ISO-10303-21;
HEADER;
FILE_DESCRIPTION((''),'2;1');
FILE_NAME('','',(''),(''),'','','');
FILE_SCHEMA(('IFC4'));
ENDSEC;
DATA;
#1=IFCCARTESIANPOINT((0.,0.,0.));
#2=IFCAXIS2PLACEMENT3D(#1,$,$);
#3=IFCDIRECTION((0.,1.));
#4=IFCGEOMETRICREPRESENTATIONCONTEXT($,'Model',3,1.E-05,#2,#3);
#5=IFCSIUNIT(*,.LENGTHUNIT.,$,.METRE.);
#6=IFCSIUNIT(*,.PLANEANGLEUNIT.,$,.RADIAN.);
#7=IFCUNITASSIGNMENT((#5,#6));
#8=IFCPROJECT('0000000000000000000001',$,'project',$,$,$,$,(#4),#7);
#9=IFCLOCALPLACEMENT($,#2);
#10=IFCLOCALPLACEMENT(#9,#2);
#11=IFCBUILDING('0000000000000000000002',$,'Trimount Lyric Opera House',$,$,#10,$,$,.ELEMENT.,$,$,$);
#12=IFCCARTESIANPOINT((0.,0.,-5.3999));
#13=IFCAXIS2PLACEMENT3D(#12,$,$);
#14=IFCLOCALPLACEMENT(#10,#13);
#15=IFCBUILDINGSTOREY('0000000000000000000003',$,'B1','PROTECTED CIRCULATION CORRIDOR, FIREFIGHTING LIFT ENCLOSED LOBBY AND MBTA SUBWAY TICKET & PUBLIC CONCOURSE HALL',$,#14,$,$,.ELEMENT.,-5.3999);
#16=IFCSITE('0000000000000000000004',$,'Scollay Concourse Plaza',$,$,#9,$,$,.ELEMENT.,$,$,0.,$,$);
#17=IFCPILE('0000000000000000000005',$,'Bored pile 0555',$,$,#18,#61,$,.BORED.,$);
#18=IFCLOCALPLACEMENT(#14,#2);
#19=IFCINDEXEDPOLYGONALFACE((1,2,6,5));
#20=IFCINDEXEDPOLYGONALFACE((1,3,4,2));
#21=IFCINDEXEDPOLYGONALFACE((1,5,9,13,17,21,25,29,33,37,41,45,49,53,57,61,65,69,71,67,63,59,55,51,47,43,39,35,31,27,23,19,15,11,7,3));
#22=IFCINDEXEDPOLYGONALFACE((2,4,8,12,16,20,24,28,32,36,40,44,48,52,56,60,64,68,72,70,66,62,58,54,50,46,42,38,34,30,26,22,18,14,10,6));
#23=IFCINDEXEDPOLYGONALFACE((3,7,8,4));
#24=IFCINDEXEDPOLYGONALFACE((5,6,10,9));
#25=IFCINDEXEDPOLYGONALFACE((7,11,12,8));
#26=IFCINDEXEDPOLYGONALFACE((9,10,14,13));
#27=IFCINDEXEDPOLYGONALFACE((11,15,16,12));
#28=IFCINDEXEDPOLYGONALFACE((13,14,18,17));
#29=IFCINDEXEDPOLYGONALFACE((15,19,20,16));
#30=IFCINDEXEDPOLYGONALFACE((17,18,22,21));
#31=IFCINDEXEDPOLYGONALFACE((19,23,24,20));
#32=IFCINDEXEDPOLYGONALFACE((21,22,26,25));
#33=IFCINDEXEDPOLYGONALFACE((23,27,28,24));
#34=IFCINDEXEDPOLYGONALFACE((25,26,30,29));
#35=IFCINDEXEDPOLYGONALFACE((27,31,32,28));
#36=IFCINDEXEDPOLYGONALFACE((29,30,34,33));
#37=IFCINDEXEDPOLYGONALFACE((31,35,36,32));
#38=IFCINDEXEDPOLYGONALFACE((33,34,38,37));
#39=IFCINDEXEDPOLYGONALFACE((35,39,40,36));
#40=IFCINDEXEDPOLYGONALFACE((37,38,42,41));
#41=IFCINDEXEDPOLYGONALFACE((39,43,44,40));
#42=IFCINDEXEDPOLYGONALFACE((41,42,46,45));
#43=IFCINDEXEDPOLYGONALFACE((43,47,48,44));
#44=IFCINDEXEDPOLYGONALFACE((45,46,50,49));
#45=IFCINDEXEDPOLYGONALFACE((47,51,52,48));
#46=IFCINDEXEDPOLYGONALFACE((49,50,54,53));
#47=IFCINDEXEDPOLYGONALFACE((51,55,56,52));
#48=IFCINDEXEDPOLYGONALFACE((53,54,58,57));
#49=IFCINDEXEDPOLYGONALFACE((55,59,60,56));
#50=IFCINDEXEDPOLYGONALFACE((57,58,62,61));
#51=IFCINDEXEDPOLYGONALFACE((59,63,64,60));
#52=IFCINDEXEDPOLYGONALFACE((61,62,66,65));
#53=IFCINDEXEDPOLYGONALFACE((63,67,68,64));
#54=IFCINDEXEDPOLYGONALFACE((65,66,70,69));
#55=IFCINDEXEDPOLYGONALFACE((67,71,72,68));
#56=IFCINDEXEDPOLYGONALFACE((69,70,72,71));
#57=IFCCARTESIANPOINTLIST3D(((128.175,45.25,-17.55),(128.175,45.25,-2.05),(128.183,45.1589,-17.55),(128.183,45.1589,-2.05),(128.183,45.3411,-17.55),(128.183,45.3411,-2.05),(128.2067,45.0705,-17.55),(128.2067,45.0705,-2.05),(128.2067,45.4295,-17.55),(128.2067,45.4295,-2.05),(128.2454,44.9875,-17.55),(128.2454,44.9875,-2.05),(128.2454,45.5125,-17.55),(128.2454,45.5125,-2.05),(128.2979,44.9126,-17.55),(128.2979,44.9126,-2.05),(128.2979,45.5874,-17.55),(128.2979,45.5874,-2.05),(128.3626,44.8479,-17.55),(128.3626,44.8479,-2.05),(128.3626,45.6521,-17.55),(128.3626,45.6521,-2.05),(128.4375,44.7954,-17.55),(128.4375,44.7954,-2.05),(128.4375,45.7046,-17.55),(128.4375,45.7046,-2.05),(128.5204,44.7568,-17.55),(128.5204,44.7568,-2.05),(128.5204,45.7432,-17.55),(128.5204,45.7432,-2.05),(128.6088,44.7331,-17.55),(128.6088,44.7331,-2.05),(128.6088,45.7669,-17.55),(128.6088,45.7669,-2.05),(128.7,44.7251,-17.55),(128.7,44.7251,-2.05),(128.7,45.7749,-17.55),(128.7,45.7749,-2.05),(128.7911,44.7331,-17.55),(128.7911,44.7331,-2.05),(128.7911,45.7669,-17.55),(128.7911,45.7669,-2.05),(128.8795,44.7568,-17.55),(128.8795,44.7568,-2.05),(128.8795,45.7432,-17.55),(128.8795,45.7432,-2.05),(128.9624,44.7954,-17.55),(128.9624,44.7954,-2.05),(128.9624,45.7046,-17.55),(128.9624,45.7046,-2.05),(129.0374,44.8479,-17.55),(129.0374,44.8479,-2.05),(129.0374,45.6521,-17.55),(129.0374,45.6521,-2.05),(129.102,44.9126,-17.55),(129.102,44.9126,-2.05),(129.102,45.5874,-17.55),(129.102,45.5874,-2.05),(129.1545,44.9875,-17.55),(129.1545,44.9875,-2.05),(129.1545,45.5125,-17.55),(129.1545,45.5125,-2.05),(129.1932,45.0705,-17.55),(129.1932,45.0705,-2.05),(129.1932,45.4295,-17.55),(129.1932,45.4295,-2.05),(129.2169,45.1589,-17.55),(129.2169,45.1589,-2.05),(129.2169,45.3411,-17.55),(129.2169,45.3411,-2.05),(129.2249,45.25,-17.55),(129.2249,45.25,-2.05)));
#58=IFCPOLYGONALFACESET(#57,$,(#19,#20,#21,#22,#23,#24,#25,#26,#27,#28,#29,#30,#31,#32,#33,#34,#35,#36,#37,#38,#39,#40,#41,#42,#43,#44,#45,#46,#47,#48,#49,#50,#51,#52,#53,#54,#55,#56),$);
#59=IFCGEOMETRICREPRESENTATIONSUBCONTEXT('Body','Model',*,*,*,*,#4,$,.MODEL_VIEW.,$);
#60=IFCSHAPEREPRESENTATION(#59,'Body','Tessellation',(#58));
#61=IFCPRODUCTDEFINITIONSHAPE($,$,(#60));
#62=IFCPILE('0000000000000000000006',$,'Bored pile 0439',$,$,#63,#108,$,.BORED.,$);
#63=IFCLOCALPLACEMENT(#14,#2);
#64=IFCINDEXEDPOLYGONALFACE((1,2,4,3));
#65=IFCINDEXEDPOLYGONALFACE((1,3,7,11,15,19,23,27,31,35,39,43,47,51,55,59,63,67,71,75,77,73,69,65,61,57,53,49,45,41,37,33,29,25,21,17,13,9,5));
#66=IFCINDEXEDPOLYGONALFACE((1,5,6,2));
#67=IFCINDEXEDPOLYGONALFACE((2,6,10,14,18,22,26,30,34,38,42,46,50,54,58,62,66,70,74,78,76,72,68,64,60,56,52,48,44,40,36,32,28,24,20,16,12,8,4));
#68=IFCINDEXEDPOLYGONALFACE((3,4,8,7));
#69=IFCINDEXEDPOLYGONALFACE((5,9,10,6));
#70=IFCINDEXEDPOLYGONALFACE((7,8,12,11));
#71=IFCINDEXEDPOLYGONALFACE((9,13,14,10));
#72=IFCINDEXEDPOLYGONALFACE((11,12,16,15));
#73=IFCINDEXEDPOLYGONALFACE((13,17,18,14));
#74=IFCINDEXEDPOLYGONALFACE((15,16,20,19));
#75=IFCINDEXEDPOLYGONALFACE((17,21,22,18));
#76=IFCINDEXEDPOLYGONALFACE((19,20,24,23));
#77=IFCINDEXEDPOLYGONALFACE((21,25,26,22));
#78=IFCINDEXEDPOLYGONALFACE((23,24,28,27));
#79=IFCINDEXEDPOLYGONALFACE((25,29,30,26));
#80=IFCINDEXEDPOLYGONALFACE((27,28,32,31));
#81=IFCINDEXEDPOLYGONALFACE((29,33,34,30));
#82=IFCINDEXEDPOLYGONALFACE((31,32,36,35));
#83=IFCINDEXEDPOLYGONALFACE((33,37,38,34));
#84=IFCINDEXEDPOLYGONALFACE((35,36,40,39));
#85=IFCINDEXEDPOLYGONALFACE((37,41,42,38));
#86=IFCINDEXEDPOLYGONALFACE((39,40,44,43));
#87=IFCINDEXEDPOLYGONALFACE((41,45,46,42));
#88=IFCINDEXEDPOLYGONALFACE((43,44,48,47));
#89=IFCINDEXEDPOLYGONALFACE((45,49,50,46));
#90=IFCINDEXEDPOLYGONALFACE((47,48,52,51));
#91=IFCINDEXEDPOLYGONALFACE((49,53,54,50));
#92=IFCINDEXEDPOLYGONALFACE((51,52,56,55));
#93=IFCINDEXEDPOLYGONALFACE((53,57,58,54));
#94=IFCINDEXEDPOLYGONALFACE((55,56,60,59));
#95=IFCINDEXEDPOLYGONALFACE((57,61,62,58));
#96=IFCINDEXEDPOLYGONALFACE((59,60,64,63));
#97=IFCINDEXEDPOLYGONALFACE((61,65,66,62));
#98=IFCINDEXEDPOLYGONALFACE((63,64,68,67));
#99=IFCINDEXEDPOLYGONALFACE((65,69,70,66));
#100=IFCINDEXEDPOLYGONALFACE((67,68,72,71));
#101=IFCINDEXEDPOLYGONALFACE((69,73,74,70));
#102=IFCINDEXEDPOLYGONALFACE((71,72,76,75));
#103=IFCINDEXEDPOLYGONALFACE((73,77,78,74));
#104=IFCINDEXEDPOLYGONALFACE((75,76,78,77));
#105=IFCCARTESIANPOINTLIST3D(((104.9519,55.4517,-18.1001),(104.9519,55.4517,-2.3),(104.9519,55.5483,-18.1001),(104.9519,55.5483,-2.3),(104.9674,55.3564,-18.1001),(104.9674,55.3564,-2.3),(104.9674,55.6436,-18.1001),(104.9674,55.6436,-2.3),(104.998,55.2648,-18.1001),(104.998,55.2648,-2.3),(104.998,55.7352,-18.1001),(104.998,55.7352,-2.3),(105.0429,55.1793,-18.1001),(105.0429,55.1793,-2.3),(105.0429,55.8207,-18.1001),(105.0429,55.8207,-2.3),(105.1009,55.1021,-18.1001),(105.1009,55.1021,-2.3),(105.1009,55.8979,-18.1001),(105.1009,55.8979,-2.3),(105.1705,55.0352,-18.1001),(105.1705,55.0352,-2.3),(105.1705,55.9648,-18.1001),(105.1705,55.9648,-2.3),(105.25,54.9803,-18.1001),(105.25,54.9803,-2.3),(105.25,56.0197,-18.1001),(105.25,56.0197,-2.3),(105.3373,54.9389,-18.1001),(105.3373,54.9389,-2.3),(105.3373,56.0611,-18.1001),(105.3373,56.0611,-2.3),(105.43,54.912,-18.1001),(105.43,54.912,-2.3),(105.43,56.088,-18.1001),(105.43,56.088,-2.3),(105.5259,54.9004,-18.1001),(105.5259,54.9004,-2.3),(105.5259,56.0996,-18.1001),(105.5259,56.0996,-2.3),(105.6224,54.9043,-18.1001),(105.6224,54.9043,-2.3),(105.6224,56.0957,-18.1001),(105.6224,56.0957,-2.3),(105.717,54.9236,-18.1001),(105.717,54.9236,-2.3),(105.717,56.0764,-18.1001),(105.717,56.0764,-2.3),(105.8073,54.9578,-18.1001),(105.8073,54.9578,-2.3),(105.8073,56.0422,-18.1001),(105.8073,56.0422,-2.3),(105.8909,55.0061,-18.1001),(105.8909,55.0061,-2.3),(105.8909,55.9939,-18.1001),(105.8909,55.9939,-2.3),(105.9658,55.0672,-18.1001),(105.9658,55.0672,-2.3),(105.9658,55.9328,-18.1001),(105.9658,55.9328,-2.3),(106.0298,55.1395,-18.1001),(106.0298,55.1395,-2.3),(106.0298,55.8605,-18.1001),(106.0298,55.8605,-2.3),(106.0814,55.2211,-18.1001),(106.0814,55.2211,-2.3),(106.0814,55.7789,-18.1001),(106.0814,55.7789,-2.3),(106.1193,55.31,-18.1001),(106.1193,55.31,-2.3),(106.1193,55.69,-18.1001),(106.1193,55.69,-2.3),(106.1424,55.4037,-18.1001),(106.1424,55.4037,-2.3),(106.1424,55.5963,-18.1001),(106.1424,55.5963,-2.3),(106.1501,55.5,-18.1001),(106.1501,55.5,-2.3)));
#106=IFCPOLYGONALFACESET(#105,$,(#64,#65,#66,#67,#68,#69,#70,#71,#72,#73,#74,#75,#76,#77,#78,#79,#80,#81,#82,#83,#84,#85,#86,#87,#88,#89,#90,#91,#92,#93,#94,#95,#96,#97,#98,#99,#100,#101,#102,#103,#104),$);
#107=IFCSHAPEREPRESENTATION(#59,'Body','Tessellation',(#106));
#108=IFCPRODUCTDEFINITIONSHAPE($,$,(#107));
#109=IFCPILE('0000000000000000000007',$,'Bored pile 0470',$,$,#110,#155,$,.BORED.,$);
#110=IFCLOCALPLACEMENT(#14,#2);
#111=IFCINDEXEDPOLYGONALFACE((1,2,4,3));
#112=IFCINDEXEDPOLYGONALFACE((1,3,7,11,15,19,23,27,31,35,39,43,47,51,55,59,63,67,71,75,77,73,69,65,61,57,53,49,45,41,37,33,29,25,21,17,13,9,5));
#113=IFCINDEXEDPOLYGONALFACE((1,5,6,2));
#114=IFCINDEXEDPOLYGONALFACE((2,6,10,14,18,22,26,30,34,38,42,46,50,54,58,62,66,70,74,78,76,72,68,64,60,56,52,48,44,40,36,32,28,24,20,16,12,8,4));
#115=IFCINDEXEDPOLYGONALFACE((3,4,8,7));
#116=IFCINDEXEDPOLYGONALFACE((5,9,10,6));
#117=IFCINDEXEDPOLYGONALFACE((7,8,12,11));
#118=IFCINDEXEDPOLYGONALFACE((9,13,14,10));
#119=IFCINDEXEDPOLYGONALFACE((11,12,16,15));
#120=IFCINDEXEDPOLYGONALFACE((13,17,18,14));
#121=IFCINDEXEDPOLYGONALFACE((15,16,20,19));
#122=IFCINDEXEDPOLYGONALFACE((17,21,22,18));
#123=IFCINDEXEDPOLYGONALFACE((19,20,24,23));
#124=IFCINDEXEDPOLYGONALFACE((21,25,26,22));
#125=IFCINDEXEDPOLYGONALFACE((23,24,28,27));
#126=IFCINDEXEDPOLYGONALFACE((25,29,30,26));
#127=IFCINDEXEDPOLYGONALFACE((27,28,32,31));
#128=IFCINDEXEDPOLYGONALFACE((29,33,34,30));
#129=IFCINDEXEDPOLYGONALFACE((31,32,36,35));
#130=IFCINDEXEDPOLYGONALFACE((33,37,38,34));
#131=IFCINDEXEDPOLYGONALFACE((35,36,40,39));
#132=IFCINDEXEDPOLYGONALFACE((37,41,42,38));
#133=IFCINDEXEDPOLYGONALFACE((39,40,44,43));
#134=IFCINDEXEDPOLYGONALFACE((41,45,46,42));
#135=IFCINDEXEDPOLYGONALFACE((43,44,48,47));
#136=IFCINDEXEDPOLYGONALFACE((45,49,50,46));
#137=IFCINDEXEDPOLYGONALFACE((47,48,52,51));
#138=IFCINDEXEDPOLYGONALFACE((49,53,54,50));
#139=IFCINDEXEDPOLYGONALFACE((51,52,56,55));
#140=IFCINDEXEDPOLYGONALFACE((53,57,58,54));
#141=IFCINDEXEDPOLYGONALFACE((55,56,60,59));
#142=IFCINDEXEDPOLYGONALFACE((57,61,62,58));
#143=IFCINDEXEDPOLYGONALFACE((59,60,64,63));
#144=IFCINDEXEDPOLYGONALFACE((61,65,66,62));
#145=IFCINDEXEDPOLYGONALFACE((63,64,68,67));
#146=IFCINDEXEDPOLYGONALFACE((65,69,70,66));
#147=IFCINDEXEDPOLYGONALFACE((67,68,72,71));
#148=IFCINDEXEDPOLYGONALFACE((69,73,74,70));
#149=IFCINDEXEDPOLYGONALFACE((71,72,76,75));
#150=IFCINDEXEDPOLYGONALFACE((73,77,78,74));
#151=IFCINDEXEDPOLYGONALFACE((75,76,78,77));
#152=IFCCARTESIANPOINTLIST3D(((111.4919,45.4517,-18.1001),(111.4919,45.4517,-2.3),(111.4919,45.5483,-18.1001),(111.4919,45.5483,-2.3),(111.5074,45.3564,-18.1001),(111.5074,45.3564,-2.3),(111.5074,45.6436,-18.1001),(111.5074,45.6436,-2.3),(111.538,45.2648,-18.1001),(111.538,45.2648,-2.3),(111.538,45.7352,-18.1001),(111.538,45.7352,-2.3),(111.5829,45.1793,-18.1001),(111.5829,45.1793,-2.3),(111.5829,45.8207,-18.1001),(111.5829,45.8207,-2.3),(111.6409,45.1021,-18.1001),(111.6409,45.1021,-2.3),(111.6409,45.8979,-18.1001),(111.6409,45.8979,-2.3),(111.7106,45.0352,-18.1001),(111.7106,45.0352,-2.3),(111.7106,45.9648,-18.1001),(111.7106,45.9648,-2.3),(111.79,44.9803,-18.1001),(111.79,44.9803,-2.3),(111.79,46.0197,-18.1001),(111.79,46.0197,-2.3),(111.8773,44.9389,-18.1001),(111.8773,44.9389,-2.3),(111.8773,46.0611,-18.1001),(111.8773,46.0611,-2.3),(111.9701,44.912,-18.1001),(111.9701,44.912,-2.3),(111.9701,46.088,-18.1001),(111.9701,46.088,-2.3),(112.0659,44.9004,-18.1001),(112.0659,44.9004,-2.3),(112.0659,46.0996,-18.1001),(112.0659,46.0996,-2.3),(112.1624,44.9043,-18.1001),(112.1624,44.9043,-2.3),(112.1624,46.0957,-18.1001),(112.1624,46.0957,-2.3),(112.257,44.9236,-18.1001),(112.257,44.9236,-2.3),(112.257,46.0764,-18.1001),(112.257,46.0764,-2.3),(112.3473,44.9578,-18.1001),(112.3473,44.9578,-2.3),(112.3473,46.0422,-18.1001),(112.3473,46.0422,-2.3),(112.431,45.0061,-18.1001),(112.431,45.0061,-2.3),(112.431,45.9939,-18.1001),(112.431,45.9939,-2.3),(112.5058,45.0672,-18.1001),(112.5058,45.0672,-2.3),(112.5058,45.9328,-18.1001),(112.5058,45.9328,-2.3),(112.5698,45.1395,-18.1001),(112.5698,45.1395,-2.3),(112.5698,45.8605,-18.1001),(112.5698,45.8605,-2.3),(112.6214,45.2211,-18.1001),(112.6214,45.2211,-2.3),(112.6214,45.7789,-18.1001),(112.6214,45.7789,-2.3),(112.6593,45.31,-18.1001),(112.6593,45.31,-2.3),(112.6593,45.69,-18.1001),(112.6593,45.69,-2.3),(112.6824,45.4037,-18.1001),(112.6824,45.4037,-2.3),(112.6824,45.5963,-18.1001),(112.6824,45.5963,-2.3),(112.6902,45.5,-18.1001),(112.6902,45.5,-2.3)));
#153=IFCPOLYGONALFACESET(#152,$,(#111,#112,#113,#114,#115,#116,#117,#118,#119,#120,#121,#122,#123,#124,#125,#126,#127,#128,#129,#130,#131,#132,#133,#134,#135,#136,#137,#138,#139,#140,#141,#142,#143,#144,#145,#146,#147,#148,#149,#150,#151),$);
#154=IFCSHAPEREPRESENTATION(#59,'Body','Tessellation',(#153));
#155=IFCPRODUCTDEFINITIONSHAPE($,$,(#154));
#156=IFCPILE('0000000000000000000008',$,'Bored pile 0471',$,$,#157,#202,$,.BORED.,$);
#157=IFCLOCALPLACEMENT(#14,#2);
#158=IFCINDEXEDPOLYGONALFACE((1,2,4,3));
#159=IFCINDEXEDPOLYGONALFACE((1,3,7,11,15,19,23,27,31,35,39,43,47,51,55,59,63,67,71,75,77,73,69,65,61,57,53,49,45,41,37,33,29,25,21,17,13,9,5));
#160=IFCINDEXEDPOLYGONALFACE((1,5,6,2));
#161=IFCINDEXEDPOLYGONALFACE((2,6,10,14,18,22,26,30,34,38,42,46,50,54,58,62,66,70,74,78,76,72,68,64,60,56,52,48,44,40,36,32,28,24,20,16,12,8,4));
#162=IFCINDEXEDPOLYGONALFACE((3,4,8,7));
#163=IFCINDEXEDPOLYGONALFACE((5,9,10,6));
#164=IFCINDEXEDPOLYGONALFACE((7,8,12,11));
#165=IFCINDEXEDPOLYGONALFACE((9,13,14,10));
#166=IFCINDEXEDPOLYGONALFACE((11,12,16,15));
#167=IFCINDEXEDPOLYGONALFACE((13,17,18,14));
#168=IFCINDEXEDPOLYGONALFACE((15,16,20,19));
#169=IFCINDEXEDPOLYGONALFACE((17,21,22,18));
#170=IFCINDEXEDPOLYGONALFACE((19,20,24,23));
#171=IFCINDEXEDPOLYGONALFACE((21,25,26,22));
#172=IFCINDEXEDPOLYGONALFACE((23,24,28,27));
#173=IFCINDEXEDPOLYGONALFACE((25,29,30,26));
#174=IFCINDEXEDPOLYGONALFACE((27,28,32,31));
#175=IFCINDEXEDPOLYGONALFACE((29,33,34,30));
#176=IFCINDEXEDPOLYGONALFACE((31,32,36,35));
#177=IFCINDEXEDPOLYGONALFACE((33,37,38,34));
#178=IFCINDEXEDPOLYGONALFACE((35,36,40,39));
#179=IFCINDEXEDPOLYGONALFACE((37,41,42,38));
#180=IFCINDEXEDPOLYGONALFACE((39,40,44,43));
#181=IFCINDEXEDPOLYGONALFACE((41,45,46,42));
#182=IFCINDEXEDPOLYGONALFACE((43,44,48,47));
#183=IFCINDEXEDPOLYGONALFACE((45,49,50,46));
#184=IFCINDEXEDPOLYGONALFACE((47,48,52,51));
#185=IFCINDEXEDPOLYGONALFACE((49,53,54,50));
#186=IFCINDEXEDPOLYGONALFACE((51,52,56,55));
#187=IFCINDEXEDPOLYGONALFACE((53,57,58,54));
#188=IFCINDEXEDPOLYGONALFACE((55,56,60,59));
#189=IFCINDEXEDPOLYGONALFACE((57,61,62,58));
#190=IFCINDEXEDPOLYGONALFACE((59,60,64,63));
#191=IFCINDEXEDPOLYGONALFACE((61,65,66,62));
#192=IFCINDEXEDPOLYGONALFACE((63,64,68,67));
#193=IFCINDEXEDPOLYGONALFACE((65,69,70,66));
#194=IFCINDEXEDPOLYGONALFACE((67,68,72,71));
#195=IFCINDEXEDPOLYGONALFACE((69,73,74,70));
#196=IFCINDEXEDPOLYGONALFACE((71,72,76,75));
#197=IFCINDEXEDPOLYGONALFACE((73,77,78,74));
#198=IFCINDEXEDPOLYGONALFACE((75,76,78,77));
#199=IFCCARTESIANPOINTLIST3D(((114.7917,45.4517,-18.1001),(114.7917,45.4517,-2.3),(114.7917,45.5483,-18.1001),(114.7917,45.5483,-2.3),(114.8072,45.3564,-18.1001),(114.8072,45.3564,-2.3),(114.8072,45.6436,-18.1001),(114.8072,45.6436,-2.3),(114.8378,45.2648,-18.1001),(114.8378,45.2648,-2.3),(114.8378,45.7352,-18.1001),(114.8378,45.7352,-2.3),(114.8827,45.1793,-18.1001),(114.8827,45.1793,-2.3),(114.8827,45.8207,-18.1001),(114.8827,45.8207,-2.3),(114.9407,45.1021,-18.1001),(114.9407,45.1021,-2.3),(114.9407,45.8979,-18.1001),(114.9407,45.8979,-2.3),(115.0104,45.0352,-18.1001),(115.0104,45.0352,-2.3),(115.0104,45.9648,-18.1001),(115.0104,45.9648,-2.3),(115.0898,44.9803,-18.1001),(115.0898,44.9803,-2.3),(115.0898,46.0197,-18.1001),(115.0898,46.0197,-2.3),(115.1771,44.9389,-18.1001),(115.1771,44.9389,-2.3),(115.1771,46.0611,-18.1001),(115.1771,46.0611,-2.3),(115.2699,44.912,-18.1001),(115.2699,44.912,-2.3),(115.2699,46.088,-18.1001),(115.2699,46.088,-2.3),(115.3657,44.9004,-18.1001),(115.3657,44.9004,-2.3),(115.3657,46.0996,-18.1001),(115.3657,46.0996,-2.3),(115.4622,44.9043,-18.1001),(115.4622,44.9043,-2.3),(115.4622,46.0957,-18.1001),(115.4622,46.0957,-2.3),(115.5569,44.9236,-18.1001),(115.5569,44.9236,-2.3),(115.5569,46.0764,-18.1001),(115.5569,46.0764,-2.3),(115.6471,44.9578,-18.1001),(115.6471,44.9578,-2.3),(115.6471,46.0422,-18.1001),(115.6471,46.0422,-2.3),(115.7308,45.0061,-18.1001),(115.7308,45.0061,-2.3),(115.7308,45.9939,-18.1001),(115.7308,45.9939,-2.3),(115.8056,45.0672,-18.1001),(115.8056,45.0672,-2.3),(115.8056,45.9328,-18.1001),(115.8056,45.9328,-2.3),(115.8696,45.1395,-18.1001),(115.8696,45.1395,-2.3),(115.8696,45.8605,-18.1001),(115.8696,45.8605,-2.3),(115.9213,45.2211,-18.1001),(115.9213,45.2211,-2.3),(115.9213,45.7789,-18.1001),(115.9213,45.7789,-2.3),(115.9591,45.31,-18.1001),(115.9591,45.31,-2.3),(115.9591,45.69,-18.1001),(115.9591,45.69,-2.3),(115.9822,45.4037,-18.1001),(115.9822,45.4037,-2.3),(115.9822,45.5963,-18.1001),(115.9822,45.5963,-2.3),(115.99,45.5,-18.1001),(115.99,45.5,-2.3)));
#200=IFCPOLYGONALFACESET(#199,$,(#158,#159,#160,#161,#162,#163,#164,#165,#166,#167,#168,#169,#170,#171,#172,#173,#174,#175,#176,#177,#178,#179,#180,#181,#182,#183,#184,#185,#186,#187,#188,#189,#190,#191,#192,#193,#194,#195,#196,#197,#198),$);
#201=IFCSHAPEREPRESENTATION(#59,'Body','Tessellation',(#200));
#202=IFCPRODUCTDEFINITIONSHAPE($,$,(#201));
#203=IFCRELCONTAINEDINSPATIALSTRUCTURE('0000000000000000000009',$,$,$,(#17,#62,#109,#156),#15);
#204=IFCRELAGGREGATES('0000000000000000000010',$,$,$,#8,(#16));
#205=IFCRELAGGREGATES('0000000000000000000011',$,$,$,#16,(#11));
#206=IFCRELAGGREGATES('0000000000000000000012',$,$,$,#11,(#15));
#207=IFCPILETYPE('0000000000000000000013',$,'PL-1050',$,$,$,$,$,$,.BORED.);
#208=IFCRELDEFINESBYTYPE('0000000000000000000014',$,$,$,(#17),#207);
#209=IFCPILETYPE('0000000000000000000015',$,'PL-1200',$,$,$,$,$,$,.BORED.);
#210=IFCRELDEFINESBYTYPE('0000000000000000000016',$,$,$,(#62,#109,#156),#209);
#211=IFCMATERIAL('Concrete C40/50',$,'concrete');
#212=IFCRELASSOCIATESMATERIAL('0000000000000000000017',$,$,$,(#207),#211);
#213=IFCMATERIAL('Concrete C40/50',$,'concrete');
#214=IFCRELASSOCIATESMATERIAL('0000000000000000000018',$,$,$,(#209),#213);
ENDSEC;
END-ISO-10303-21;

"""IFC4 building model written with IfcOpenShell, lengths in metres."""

from ifc_helpers import new_model, si_unit, direction, frame, origin, origin_2d, place, context, subcontext, project, spatial, circle, extrude, material, material_profile, profile_set, type_object, element, save


model = new_model("IFC4")

# Units and contexts
model_context = context("Model", 3, precision=1e-05, world=origin(), true_north=direction((0.0, 1.0)))
body_context = subcontext(model_context, "Body", "Model", "MODEL_VIEW")
ifc_project = project(units=[si_unit("LENGTHUNIT", "METRE"), si_unit("PLANEANGLEUNIT", "RADIAN")], contexts=[model_context])

# Site, building, storey
site_placement = place(None, origin())
site = spatial("IfcSite", under=ifc_project, at=site_placement, Name="Scollay Concourse Plaza", CompositionType="ELEMENT", RefElevation=0.0)
building_placement = place(site_placement, origin())
building = spatial("IfcBuilding", under=site, at=building_placement, Name="Trimount Lyric Opera House", CompositionType="ELEMENT")
storey_placement = place(building_placement, frame((0.0, 0.0, -5.3999)))
storey = spatial("IfcBuildingStorey", under=building, at=storey_placement, Name="B1", Description="PROTECTED CIRCULATION CORRIDOR, FIREFIGHTING LIFT ENCLOSED LOBBY AND MBTA SUBWAY TICKET & PUBLIC CONCOURSE HALL", CompositionType="ELEMENT", Elevation=-5.3999)

# Piles
ifc_material_1 = material(Name="Concrete C40/50", Category="concrete")
ifc_material_profile_1 = material_profile(ifc_material_1, circle(Radius=0.5249, at=origin_2d()), Name="PILE-D1050")
ifc_profile_set_1 = profile_set([ifc_material_profile_1], Name="Concrete C40/50")
pile_type_1 = type_object("IfcPileType", Name="PL-1050", PredefinedType="BORED", material=ifc_profile_set_1)
for number, where, z_axis, x_axis, name in (
    (1, (128.7, 45.25, -2.05), (0.0, 0.0, -1.0), (1.0, 0.0, 0.0), "Bored pile 0555"),
):
    element("IfcPile", number, at=place(storey_placement, frame(where, z_axis=z_axis, x_axis=x_axis)), inside=storey, type_object=pile_type_1, Name=name, PredefinedType="BORED", context=body_context, shape_type="SweptSolid", body=[
        extrude(circle(Radius=0.5249, at=origin_2d()), origin(), (0.0, 0.0, 1.0), 15.5),
    ])
ifc_material_2 = material(Name="Concrete C40/50", Category="concrete")
ifc_material_profile_2 = material_profile(ifc_material_2, circle(Radius=0.6001, at=origin_2d()), Name="PILE-D1200")
ifc_profile_set_2 = profile_set([ifc_material_profile_2], Name="Concrete C40/50")
pile_type_2 = type_object("IfcPileType", Name="PL-1200", PredefinedType="BORED", material=ifc_profile_set_2)
for number, where, z_axis, x_axis, name in (
    (2, (105.55, 55.5, -2.3), (0.0, 0.0, -1.0), (1.0, 0.0, 0.0), "Bored pile 0439"),
    (3, (112.0901, 45.5, -2.3), (0.0, 0.0, -1.0), (1.0, 0.0, 0.0), "Bored pile 0470"),
    (4, (115.3899, 45.5, -2.3), (0.0, 0.0, -1.0), (1.0, 0.0, 0.0), "Bored pile 0471"),
):
    element("IfcPile", number, at=place(storey_placement, frame(where, z_axis=z_axis, x_axis=x_axis)), inside=storey, type_object=pile_type_2, Name=name, PredefinedType="BORED", context=body_context, shape_type="SweptSolid", body=[
        extrude(circle(Radius=0.6001, at=origin_2d()), origin(), (0.0, 0.0, 1.0), 15.8),
    ])

save(model, "model.ifc")
